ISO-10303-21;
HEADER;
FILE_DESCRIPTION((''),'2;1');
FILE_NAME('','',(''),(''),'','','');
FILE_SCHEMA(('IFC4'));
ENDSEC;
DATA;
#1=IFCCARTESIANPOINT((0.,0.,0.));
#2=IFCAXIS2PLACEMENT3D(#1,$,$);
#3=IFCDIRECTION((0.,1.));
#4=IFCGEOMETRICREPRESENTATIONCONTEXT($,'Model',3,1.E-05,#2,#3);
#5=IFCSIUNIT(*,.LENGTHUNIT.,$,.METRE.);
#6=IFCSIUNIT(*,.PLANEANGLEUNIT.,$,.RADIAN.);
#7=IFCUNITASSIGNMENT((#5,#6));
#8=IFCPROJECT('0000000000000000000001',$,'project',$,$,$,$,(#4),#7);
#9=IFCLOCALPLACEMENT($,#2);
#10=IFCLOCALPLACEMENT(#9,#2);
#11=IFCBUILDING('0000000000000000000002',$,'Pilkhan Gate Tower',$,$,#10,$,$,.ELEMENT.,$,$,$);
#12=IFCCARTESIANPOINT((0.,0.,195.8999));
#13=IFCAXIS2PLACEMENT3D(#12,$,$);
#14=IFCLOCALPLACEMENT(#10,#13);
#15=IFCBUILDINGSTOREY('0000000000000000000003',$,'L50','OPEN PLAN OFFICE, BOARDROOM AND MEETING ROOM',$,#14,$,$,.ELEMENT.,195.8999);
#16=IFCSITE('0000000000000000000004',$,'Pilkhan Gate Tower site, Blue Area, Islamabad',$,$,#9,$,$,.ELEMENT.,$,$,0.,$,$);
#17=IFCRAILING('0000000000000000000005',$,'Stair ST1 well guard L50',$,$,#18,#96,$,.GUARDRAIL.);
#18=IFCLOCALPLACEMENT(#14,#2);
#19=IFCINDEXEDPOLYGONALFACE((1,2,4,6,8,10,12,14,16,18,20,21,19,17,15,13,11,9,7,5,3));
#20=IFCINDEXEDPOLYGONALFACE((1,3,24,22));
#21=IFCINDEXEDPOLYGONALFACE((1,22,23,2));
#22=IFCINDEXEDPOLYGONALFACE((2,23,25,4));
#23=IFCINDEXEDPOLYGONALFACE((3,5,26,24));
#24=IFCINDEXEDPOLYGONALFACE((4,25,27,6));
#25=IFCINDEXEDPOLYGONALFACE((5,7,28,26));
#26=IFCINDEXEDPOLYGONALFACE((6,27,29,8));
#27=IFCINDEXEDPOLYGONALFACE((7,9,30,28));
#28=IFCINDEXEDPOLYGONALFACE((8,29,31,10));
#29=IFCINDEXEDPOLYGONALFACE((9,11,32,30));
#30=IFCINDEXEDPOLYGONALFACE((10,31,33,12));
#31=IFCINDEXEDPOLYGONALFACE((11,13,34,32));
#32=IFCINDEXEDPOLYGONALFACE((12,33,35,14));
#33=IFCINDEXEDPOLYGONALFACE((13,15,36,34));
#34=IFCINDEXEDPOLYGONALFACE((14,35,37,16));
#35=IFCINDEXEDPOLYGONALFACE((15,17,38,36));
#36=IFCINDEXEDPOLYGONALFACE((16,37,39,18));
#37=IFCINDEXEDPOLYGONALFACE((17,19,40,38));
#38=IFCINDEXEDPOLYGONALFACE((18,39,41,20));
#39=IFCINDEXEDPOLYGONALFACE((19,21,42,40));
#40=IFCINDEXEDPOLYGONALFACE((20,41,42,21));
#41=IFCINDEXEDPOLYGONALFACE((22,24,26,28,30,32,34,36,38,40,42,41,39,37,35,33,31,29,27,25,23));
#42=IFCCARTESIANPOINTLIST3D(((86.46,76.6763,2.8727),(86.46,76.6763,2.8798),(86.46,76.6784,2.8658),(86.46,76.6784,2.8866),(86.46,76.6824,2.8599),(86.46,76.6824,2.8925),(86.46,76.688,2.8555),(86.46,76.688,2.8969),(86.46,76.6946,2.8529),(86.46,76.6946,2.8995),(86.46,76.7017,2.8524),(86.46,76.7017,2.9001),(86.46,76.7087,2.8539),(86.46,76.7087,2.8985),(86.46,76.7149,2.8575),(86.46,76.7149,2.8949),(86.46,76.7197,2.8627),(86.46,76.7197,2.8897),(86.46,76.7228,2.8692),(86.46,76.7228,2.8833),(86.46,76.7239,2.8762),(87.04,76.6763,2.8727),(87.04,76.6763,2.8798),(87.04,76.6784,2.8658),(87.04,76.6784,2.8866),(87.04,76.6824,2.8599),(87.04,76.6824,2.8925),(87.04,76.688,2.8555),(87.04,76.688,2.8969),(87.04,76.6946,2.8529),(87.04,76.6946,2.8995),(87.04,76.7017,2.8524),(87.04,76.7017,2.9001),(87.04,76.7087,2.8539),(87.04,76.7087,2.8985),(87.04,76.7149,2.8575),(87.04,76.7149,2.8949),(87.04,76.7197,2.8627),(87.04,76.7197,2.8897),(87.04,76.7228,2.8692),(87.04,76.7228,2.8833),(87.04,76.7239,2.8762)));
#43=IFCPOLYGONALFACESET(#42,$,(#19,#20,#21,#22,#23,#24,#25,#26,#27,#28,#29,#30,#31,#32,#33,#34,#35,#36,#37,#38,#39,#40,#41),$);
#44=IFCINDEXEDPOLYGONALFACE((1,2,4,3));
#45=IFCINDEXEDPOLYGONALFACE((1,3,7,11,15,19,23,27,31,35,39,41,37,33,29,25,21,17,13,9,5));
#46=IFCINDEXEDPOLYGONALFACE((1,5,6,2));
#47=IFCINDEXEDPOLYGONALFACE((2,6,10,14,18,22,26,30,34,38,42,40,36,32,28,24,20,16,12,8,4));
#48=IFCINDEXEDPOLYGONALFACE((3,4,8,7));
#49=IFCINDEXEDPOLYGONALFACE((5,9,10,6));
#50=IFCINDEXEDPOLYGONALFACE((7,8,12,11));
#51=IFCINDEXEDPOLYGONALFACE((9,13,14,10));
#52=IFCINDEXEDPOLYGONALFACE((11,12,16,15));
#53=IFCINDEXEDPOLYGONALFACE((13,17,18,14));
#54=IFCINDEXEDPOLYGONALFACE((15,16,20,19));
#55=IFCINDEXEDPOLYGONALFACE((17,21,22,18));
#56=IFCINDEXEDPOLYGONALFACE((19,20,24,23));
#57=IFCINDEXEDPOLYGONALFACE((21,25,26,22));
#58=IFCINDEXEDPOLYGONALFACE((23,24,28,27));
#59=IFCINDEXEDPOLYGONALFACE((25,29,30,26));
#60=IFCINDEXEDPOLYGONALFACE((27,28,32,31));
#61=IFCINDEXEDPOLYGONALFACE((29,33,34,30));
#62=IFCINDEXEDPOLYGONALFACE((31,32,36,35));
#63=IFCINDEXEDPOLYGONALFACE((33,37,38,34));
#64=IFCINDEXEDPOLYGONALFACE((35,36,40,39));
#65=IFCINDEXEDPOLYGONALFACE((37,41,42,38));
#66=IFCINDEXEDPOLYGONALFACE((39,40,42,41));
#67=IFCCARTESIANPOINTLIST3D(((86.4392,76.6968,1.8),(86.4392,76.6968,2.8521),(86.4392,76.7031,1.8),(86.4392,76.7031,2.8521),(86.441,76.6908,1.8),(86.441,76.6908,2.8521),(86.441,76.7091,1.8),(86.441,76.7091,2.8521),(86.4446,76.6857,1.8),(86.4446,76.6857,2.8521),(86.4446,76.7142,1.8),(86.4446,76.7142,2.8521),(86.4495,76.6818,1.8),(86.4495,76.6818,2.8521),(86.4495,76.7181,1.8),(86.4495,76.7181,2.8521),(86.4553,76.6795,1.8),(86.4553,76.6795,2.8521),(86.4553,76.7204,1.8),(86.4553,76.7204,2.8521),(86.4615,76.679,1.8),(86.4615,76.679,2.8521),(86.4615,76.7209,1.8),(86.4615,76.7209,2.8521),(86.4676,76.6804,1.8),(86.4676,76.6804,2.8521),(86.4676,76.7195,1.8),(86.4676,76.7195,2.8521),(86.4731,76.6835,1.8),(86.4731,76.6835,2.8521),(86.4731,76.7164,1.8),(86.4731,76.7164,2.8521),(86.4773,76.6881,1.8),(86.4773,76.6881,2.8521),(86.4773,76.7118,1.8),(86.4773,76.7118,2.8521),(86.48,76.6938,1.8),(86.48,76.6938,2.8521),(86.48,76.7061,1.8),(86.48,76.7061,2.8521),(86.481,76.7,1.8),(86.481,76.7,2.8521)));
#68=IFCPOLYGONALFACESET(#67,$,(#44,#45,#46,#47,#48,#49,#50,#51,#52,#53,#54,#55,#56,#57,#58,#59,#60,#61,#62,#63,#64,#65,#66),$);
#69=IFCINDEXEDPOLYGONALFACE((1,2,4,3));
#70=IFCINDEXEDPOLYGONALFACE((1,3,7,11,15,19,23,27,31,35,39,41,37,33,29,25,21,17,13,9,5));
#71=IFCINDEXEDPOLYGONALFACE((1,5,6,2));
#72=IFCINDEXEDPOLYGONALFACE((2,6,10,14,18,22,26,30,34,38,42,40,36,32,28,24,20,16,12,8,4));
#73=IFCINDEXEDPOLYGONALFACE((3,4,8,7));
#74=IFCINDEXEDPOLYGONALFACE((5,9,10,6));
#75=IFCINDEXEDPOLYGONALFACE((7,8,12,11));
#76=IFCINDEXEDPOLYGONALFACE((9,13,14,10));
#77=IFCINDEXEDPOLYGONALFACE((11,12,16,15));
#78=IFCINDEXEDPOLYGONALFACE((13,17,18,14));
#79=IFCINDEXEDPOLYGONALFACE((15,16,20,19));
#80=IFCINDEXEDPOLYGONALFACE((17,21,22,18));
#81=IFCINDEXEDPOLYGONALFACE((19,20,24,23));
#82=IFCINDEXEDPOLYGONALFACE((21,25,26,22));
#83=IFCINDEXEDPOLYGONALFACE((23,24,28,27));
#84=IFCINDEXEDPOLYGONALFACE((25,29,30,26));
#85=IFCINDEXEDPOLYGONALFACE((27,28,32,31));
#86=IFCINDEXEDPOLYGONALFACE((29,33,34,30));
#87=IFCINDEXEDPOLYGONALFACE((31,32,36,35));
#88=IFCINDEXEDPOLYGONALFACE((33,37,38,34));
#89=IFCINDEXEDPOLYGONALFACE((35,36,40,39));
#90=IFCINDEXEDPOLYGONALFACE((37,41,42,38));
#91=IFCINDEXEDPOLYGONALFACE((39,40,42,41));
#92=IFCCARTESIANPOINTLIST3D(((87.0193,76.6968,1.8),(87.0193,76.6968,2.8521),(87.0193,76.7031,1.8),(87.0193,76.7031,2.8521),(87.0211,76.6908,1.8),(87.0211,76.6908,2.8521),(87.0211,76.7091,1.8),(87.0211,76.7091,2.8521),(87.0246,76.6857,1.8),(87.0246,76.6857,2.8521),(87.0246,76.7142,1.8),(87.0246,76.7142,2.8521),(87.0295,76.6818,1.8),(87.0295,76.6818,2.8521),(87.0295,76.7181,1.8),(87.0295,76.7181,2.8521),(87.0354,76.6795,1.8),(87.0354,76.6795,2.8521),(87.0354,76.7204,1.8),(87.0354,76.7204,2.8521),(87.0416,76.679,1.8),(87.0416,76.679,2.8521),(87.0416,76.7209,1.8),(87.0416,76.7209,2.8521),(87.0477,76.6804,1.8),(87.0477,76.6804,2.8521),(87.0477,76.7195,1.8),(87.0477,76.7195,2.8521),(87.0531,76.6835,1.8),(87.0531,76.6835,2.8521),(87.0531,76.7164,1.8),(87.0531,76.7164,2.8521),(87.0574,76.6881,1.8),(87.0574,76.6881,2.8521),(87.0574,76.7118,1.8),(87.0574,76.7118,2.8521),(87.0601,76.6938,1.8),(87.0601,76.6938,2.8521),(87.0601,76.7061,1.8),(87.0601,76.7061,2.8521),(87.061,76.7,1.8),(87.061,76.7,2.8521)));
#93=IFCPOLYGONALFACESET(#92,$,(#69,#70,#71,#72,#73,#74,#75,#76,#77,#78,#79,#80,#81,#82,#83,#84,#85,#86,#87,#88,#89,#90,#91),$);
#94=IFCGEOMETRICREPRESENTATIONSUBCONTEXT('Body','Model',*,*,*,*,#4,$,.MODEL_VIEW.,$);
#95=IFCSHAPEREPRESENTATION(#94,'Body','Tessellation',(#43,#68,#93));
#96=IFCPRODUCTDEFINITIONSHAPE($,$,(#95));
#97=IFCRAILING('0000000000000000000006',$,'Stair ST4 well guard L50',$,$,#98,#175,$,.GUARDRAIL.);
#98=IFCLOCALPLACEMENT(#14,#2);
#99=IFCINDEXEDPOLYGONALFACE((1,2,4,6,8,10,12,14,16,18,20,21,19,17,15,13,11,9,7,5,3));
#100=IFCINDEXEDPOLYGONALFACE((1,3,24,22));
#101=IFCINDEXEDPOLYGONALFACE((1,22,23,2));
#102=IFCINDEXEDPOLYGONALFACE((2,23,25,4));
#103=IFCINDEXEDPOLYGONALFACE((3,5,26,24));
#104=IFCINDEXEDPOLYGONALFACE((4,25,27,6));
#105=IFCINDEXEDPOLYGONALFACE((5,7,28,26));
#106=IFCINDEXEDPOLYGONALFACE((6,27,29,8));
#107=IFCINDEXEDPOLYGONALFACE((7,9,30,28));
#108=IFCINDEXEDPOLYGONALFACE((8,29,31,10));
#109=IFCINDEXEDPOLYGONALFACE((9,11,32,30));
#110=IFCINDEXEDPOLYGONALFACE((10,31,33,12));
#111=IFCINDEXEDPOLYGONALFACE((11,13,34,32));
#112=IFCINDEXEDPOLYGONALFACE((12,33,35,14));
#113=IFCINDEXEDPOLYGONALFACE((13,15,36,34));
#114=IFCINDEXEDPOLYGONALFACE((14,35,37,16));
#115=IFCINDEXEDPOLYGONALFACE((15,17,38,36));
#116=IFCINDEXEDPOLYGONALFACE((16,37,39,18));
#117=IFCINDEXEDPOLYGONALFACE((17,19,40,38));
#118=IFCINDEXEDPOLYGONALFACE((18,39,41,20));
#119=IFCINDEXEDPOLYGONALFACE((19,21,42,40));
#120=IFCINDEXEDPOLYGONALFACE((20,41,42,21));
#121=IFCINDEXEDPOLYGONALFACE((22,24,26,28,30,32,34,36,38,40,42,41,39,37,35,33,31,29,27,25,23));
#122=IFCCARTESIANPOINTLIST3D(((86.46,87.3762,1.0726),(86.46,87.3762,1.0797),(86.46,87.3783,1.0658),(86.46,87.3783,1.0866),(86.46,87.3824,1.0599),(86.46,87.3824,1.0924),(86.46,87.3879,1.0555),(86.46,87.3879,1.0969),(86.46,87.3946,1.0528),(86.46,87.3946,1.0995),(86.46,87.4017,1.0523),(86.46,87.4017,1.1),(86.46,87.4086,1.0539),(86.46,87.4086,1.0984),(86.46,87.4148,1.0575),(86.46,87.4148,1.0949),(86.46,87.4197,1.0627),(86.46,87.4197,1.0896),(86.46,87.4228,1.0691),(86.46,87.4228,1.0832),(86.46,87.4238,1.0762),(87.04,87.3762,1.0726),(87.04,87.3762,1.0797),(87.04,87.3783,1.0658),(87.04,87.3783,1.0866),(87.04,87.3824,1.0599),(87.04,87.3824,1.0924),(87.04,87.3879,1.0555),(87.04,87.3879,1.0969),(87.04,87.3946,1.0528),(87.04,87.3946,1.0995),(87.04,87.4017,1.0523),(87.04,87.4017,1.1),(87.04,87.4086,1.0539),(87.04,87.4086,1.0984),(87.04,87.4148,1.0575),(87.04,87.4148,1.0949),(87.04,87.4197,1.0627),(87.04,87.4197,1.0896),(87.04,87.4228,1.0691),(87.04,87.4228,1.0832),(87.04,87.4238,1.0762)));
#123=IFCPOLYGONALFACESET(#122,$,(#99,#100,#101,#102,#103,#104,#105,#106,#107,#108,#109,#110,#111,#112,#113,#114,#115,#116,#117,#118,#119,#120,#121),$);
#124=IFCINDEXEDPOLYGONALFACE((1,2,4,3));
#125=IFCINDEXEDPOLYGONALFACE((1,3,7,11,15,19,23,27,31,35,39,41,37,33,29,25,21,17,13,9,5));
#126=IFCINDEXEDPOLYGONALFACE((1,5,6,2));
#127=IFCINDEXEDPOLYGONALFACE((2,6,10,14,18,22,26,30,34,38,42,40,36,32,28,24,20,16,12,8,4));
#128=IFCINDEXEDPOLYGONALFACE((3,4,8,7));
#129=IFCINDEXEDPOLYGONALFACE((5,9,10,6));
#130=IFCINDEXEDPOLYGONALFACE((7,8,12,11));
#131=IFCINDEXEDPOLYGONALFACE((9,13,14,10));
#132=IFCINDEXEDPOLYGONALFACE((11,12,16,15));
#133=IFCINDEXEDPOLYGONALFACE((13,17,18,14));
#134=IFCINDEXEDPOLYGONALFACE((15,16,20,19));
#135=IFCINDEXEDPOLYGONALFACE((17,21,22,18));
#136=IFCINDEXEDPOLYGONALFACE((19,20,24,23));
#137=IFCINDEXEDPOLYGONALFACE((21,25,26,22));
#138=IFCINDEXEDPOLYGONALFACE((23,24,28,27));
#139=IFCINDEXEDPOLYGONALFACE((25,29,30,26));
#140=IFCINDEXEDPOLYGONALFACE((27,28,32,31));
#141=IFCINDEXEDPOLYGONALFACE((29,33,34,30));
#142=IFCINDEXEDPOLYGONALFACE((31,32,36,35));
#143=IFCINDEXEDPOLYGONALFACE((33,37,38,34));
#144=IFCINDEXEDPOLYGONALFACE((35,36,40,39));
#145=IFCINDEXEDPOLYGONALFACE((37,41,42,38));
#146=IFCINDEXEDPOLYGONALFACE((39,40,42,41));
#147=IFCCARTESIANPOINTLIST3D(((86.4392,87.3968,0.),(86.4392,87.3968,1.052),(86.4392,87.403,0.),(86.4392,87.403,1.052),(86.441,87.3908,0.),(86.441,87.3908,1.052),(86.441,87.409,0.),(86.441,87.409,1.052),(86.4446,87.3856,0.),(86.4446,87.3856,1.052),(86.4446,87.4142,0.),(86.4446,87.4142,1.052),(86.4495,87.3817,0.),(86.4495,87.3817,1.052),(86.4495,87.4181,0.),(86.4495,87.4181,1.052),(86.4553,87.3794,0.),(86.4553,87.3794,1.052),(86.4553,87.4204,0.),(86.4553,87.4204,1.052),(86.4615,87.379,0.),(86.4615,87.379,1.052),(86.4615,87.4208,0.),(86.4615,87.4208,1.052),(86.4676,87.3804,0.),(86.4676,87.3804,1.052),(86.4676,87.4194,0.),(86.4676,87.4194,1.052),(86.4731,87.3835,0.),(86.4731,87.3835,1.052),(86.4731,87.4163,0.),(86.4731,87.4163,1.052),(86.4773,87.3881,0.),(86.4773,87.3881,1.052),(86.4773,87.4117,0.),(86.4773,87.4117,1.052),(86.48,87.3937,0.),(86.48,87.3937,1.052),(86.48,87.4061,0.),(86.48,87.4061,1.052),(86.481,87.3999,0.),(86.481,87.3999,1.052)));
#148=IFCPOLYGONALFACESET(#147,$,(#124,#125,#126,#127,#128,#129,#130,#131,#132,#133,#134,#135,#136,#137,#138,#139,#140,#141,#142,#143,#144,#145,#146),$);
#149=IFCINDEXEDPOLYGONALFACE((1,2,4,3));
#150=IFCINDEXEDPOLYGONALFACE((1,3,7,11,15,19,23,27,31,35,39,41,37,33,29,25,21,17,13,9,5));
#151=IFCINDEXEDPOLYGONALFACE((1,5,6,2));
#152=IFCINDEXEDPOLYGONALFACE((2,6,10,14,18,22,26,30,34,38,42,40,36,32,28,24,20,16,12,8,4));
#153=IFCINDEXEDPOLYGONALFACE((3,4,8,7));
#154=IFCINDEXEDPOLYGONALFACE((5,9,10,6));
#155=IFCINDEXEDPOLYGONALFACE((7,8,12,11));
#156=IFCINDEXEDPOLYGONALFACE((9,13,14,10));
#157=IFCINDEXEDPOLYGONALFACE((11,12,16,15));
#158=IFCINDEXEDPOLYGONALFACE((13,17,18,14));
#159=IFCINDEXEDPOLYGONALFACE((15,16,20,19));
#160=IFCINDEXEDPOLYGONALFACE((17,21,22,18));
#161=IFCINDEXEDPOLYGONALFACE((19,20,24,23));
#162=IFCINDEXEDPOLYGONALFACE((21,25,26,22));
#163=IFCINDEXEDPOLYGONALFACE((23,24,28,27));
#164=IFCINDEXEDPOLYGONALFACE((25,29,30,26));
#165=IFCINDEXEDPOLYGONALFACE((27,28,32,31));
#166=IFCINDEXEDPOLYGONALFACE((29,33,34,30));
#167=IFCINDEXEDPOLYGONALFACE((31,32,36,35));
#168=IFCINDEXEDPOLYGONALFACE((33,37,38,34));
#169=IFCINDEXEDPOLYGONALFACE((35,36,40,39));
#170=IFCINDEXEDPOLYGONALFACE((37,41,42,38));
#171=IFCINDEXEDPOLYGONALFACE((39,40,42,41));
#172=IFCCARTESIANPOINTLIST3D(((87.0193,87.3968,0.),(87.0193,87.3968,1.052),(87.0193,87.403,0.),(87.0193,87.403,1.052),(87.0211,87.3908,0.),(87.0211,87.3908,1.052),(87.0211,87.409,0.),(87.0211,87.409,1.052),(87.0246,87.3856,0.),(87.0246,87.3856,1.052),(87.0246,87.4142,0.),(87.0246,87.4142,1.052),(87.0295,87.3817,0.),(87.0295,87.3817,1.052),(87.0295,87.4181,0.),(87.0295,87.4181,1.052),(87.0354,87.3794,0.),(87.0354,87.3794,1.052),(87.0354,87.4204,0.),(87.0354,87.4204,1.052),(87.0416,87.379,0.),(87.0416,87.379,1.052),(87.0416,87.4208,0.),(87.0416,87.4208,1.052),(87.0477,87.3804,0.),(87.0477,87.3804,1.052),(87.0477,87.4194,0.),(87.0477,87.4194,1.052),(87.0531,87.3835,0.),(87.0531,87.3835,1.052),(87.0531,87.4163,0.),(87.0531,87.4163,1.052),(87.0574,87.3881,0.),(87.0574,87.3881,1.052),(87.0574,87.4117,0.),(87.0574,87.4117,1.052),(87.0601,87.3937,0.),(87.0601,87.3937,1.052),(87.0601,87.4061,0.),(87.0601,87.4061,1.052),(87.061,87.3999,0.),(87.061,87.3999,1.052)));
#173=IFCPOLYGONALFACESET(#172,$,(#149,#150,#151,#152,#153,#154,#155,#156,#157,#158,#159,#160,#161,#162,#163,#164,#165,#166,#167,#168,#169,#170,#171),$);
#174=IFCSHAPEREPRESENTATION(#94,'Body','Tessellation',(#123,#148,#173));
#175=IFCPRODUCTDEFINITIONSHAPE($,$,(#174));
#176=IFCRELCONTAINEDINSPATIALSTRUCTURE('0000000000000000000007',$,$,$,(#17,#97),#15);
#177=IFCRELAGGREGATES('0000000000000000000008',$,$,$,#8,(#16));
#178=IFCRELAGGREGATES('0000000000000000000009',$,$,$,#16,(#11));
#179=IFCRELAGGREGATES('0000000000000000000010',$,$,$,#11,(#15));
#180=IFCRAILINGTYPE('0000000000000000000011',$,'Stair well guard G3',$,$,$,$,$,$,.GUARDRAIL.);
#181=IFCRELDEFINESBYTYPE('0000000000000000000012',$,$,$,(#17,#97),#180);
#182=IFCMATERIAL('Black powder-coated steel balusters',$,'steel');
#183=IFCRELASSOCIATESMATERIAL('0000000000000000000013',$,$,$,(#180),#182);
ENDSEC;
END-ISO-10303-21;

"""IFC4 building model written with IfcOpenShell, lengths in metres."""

from ifc_helpers import new_model, si_unit, direction, frame, origin, origin_2d, place, context, subcontext, project, spatial, circle, extrude, material, type_object, element, save


model = new_model("IFC4")

# Units and contexts
model_context = context("Model", 3, precision=1e-05, world=origin(), true_north=direction((0.0, 1.0)))
body_context = subcontext(model_context, "Body", "Model", "MODEL_VIEW")
ifc_project = project(units=[si_unit("LENGTHUNIT", "METRE"), si_unit("PLANEANGLEUNIT", "RADIAN")], contexts=[model_context])

# Site, building, storey
site_placement = place(None, origin())
site = spatial("IfcSite", under=ifc_project, at=site_placement, Name="Pilkhan Gate Tower site, Blue Area, Islamabad", CompositionType="ELEMENT", RefElevation=0.0)
building_placement = place(site_placement, origin())
building = spatial("IfcBuilding", under=site, at=building_placement, Name="Pilkhan Gate Tower", CompositionType="ELEMENT")
storey_placement = place(building_placement, frame((0.0, 0.0, 195.8999)))
storey = spatial("IfcBuildingStorey", under=building, at=storey_placement, Name="L50", Description="OPEN PLAN OFFICE, BOARDROOM AND MEETING ROOM", CompositionType="ELEMENT", Elevation=195.8999)

# Railings
ifc_material_1 = material(Name="Black powder-coated steel balusters", Category="steel")
railing_type_1 = type_object("IfcRailingType", Name="Stair well guard G3", PredefinedType="GUARDRAIL", material=ifc_material_1)
for number, where, name in (
    (1, (86.46, 76.7, 1.8), "Stair ST1 well guard L50"),
    (2, (86.46, 87.3999, 0.0), "Stair ST4 well guard L50"),
):
    element("IfcRailing", number, at=place(storey_placement, frame(where)), inside=storey, type_object=railing_type_1, Name=name, PredefinedType="GUARDRAIL", context=body_context, shape_type="SweptSolid", body=[
        extrude(circle(Radius=0.0239, at=origin_2d()), frame((0.0, 0.0, 1.0762), z_axis=(1.0, 0.0, 0.0), x_axis=(0.0, 1.0, 0.0)), (0.0, 0.0, 1.0), 0.5801),
        extrude(circle(Radius=0.021, at=origin_2d()), origin(), (0.0, 0.0, 1.0), 1.052),
        extrude(circle(Radius=0.021, at=origin_2d()), frame((0.5801, 0.0, 0.0)), (0.0, 0.0, 1.0), 1.052),
    ])

save(model, "model.ifc")
